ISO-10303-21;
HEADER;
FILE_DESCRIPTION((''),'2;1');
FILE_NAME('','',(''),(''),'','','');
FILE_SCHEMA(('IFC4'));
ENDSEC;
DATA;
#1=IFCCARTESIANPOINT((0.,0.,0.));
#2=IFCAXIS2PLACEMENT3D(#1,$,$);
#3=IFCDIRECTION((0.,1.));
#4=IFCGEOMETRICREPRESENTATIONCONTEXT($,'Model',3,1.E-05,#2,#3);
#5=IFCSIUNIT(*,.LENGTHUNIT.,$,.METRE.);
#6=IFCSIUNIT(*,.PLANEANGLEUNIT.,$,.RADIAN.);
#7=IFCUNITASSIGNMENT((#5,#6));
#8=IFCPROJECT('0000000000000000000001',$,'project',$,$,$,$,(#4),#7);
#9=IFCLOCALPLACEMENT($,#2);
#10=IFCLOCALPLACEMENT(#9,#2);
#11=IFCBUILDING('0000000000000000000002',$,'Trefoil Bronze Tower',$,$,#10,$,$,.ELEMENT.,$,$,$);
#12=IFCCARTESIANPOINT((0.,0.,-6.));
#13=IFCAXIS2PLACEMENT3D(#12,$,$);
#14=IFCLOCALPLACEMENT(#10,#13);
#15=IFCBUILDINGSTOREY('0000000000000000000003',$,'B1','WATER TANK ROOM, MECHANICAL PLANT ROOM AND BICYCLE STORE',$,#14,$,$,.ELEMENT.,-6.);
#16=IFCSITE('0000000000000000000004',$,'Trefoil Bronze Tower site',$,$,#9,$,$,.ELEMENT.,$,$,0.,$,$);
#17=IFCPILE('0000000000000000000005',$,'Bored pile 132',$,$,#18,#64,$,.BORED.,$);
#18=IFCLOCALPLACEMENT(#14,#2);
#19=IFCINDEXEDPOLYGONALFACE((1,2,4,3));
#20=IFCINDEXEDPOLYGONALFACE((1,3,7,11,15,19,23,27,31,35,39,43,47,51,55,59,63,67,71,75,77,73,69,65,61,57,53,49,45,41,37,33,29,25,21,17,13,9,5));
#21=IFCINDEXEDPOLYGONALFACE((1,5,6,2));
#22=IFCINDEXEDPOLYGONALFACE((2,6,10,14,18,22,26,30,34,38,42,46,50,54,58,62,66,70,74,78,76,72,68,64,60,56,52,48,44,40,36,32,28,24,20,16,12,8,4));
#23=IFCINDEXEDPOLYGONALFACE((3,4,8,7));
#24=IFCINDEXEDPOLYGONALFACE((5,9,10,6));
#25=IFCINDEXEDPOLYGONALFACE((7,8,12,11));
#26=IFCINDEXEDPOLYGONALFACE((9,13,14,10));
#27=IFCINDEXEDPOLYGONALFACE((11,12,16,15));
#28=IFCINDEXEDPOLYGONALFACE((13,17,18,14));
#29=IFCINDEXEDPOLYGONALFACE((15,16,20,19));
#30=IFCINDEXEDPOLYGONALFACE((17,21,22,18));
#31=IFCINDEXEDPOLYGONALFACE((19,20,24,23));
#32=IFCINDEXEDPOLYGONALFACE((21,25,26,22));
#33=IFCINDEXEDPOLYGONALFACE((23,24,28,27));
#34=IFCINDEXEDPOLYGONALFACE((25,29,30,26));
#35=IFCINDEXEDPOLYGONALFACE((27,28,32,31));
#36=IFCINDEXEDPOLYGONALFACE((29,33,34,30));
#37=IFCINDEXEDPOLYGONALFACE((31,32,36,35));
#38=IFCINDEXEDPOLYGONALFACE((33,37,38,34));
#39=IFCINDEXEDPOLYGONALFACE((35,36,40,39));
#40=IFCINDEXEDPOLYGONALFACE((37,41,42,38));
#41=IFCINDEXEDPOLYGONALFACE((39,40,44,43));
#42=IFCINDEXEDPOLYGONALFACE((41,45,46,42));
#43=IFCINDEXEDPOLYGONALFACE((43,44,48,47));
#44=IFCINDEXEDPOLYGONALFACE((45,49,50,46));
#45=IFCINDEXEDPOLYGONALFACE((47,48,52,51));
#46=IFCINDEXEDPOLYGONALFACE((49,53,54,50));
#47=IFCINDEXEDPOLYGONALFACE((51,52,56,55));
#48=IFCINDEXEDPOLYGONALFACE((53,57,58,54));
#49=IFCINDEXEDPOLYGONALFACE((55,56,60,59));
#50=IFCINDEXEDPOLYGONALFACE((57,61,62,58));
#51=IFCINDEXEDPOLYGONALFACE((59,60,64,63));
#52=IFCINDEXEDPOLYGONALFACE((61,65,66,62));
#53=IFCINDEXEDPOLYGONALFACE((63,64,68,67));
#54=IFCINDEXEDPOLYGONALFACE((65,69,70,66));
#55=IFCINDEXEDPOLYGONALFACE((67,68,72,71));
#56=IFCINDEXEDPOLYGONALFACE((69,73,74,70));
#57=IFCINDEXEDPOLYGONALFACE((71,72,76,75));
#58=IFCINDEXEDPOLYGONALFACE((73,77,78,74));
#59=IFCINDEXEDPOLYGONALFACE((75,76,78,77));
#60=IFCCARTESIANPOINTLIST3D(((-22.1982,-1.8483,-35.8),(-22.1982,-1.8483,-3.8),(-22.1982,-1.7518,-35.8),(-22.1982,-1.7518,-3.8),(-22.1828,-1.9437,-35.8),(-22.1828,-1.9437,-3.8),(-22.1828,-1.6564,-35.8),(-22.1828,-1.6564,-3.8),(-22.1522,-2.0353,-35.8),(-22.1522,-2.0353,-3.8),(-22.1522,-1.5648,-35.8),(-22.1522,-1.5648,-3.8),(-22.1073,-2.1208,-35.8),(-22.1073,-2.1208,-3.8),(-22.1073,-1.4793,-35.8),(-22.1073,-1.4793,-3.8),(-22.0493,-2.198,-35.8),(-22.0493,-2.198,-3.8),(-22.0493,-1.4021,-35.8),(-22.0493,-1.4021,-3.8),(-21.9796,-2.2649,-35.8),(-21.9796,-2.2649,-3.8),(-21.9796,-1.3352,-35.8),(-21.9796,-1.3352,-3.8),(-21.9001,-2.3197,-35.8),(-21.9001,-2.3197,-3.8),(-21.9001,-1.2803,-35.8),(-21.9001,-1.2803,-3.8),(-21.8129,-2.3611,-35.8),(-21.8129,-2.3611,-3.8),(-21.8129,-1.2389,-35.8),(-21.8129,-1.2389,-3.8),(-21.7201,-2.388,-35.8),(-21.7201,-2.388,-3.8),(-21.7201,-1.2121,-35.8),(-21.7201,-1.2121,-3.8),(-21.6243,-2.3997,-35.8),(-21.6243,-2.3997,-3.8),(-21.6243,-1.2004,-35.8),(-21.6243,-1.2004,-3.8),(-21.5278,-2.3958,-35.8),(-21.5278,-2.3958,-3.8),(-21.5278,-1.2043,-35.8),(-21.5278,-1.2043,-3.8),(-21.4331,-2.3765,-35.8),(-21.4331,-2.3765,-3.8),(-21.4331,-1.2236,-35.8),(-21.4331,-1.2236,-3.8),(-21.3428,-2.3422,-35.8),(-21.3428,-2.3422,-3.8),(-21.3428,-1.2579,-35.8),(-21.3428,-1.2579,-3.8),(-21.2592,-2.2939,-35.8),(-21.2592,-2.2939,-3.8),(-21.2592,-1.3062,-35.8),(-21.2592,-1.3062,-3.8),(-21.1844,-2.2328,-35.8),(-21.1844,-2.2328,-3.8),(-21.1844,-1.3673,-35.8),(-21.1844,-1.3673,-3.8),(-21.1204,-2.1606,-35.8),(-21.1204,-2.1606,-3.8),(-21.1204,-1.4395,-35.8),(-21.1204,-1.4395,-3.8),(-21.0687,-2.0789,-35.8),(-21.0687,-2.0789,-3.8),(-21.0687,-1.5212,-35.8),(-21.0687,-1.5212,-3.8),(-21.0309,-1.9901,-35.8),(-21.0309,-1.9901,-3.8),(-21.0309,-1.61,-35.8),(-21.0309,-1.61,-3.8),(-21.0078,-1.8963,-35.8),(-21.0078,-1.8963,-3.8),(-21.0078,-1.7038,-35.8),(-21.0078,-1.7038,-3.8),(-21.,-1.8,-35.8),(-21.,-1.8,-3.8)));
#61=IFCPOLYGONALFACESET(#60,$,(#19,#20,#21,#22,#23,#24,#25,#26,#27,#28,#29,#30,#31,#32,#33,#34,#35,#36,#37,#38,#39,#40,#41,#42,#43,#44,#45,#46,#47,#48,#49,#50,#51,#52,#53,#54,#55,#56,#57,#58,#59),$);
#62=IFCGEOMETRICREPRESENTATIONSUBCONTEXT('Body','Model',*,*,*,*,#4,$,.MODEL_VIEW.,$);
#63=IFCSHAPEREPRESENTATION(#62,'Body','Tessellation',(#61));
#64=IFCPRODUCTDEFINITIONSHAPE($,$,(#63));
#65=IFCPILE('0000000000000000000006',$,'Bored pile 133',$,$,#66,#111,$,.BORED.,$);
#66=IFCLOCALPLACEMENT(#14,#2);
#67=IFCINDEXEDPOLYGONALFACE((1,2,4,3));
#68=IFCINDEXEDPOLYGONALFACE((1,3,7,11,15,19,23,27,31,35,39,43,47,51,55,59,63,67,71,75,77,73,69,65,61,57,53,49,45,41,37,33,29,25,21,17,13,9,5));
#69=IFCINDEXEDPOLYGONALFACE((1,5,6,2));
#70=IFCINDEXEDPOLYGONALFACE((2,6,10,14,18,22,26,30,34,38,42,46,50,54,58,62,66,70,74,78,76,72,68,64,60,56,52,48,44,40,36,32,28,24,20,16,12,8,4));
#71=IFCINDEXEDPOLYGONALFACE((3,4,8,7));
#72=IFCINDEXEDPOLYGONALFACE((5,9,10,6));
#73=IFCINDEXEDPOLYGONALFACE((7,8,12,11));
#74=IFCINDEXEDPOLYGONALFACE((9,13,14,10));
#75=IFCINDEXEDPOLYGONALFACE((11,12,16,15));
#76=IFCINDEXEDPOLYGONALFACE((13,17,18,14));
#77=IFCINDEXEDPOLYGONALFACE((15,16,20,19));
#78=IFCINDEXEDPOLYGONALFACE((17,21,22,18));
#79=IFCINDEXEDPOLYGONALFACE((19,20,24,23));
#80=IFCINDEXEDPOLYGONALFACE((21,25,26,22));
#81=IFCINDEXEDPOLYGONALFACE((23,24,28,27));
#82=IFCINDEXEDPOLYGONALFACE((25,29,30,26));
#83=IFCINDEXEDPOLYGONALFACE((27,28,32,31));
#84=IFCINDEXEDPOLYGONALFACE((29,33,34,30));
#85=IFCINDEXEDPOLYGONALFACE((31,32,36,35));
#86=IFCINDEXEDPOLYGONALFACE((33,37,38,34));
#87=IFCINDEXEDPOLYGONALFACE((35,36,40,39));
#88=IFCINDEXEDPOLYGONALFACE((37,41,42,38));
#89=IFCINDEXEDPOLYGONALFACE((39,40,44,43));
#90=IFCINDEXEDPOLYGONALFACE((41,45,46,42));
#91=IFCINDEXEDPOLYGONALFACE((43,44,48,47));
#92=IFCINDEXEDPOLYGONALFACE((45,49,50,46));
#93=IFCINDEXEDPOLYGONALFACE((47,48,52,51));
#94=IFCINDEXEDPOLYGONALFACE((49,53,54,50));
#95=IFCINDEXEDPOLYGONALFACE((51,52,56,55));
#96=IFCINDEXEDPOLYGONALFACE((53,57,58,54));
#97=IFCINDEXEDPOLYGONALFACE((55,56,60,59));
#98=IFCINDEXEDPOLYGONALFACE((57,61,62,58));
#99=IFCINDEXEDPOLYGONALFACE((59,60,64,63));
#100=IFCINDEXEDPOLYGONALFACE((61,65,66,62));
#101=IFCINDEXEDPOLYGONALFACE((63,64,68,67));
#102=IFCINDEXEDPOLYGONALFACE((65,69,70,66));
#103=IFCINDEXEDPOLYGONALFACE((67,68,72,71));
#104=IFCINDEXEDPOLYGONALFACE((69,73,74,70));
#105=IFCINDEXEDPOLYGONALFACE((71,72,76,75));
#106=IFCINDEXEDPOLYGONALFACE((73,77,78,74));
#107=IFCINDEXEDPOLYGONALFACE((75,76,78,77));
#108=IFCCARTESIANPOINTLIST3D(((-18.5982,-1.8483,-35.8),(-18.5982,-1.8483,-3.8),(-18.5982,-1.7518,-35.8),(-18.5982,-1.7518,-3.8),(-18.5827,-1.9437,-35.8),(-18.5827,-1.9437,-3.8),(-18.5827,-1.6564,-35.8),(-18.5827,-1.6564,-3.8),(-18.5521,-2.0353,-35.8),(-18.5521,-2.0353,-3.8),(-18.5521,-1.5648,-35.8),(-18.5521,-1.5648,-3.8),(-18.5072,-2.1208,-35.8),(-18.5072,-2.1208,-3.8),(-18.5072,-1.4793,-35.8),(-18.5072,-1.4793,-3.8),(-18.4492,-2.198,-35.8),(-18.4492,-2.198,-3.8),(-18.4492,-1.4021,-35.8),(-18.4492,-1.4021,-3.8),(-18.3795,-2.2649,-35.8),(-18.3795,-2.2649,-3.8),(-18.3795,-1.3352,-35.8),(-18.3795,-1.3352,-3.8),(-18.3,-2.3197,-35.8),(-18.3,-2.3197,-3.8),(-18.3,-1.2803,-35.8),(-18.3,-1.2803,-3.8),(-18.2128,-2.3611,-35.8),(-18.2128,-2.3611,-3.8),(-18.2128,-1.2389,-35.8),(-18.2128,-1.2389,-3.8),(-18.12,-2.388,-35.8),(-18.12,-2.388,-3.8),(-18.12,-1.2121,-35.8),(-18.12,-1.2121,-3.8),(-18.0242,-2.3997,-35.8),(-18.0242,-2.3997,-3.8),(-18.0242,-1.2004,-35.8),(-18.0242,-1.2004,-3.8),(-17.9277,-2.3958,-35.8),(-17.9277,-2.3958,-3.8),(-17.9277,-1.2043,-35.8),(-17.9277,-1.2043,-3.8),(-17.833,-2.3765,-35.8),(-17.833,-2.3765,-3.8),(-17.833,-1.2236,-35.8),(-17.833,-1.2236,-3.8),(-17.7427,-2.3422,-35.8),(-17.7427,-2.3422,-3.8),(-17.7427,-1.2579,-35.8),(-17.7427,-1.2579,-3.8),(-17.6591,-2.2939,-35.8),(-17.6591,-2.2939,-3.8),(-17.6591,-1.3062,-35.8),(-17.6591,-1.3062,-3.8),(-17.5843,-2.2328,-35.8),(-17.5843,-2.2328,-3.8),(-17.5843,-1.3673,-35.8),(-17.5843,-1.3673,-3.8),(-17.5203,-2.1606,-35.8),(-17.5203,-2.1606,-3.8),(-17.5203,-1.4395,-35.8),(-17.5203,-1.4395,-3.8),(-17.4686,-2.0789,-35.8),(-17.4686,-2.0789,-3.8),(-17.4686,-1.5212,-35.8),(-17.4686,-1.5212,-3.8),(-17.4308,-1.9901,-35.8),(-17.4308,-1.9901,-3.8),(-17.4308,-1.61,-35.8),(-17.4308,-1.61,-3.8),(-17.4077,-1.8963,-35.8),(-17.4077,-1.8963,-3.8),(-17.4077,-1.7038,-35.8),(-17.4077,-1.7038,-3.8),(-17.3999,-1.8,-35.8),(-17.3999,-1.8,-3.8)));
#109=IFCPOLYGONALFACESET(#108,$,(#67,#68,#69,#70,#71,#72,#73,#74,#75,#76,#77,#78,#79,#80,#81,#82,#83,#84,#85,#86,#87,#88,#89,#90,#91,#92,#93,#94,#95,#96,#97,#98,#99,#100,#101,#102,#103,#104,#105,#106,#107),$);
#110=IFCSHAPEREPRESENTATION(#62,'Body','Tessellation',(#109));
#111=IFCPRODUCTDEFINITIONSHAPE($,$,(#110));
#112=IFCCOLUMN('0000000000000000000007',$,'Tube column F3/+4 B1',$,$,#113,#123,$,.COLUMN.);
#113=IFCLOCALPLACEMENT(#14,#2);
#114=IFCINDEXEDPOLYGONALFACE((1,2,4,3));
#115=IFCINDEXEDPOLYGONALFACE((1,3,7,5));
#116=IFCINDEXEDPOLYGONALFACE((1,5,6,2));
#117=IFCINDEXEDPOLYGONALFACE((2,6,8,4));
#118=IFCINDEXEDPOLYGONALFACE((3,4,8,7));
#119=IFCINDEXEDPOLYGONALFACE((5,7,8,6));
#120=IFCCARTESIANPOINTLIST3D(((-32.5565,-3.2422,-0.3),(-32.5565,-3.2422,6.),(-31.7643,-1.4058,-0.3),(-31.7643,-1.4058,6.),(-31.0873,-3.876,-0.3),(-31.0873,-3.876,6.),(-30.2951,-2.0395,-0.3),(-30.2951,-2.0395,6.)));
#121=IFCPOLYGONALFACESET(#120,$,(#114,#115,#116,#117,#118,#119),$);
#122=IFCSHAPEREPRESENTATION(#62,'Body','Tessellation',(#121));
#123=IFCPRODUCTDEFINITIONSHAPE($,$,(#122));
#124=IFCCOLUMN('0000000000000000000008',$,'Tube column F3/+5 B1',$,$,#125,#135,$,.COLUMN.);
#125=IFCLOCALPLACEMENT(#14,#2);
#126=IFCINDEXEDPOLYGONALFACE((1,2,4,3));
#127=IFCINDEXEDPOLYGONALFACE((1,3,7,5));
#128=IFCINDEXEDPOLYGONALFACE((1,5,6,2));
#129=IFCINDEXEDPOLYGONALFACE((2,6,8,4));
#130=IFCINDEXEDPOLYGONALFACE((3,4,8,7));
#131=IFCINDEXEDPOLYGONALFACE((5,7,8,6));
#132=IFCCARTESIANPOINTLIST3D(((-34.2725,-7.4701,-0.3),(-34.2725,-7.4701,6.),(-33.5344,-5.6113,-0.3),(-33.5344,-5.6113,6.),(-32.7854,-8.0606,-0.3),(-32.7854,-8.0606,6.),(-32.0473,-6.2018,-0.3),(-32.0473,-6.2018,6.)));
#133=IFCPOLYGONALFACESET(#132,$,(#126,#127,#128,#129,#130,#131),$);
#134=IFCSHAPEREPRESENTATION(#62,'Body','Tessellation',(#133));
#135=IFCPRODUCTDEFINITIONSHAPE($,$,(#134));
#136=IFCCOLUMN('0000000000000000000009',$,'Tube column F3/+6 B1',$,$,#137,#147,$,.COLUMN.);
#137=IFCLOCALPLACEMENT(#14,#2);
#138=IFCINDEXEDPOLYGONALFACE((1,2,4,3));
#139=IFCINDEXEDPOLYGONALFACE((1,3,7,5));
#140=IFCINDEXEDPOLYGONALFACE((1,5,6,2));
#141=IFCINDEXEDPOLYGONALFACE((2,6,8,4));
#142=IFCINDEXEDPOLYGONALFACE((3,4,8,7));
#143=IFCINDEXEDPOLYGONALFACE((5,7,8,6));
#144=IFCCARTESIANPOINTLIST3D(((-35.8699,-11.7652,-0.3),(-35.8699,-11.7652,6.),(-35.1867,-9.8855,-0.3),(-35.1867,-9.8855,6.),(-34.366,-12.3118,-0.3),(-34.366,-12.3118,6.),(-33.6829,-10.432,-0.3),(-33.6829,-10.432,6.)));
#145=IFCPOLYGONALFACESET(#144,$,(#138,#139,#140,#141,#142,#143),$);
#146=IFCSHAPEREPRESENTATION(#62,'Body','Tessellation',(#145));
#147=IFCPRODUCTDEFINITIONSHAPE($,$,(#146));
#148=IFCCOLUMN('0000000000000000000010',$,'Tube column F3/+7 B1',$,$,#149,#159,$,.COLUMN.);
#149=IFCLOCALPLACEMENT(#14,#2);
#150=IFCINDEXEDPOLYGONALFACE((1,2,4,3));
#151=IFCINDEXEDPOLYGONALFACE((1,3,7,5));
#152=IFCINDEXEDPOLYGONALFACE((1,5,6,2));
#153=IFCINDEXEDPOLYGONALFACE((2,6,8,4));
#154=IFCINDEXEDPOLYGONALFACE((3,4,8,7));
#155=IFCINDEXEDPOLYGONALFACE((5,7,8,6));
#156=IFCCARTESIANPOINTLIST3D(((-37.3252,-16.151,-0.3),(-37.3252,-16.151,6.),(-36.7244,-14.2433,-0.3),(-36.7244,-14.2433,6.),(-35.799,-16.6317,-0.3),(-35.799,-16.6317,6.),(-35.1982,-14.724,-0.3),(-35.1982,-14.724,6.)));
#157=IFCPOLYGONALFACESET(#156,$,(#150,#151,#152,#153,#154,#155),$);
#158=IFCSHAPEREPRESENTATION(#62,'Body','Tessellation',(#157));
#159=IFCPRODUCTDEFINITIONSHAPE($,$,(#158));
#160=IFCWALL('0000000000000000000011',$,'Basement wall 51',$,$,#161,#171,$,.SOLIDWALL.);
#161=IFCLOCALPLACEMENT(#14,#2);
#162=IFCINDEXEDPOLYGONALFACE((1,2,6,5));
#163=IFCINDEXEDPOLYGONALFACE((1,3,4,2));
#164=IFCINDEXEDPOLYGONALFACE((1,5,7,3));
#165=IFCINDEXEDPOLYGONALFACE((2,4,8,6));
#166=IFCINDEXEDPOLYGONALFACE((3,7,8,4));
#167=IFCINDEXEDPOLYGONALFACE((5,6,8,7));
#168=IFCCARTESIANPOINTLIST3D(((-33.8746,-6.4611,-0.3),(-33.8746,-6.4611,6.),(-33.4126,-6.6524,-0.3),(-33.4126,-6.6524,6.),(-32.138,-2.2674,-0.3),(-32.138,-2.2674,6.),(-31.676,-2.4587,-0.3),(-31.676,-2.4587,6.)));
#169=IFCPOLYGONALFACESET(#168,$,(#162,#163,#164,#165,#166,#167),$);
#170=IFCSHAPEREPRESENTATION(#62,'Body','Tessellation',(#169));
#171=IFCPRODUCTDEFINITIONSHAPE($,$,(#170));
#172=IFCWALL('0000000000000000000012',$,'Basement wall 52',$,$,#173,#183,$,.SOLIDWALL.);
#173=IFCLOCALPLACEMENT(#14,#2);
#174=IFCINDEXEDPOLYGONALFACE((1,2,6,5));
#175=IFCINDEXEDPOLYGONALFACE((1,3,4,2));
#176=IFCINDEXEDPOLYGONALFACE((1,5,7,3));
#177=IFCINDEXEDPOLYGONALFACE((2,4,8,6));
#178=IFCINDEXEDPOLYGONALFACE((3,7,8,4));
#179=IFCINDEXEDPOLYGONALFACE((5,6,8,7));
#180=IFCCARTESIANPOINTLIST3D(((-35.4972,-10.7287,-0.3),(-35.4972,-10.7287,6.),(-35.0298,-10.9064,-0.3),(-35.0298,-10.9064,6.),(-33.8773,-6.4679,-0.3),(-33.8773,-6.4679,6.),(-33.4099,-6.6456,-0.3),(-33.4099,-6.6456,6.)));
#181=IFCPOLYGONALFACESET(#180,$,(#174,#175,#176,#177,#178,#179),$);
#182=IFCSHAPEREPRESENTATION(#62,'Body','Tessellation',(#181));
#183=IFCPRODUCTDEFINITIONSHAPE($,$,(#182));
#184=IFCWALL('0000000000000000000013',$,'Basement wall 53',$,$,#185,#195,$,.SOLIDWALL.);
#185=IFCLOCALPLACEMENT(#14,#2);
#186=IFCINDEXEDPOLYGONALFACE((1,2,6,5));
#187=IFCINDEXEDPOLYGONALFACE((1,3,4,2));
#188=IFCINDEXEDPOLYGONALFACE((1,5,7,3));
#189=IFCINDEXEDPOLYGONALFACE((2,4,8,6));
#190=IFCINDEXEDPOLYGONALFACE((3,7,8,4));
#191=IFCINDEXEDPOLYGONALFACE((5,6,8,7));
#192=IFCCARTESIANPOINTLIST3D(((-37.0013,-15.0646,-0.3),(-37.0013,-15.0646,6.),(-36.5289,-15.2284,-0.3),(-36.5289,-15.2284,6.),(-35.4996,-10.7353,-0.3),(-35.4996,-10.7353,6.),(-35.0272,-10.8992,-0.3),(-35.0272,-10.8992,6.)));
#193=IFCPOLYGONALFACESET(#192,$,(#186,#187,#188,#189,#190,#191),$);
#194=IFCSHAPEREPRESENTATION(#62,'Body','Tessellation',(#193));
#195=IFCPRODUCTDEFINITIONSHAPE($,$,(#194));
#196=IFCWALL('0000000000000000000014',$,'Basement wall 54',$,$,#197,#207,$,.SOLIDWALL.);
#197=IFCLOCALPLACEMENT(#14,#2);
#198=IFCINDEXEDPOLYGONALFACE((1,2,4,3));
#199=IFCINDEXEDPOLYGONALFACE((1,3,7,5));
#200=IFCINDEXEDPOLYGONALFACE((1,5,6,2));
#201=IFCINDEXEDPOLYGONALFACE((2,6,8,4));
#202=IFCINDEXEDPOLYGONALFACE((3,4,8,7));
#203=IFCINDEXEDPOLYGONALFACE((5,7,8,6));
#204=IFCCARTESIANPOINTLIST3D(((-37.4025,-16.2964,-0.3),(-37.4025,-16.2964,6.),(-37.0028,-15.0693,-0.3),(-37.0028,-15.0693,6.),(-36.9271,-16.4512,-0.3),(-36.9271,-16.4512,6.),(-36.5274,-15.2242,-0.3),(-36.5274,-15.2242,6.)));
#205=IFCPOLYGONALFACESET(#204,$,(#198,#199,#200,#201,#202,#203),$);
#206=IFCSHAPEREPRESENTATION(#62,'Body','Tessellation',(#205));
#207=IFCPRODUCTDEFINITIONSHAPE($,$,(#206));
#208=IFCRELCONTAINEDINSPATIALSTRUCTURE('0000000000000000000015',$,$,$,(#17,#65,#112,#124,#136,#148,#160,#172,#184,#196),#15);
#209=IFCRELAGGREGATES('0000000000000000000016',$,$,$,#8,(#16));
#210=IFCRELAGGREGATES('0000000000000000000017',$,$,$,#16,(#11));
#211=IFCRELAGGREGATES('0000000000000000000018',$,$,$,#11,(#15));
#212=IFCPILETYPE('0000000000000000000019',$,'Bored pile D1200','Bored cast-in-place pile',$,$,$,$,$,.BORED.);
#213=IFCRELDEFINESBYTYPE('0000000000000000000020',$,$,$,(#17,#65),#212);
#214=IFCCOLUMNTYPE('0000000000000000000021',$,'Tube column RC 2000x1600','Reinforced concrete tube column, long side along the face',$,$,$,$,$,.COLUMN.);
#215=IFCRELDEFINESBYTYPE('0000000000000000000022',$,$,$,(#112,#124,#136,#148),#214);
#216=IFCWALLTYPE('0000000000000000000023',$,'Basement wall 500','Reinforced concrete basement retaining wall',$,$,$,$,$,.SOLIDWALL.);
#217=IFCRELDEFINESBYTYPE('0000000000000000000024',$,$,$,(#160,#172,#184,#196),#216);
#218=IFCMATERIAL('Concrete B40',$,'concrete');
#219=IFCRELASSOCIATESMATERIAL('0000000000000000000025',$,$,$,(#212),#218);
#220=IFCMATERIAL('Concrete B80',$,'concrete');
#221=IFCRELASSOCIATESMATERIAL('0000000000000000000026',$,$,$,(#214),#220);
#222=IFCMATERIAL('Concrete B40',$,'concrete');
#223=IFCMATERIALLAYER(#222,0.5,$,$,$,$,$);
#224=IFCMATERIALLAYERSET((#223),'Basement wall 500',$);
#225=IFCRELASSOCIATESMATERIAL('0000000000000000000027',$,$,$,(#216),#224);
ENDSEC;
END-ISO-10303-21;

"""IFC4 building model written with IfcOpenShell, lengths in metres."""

from ifc_helpers import new_model, si_unit, direction, frame, frame_2d, origin, origin_2d, place, context, subcontext, project, spatial, rectangle, circle, extrude, material, layer, layer_set, material_profile, profile_set, type_object, element, save


model = new_model("IFC4")

# Units and contexts
model_context = context("Model", 3, precision=1e-05, world=origin(), true_north=direction((0.0, 1.0)))
body_context = subcontext(model_context, "Body", "Model", "MODEL_VIEW")
ifc_project = project(units=[si_unit("LENGTHUNIT", "METRE"), si_unit("PLANEANGLEUNIT", "RADIAN")], contexts=[model_context])

# Site, building, storey
site_placement = place(None, origin())
site = spatial("IfcSite", under=ifc_project, at=site_placement, Name="Trefoil Bronze Tower site", CompositionType="ELEMENT", RefElevation=0.0)
building_placement = place(site_placement, origin())
building = spatial("IfcBuilding", under=site, at=building_placement, Name="Trefoil Bronze Tower", CompositionType="ELEMENT")
storey_placement = place(building_placement, frame((0.0, 0.0, -6.0)))
storey = spatial("IfcBuildingStorey", under=building, at=storey_placement, Name="B1", Description="WATER TANK ROOM, MECHANICAL PLANT ROOM AND BICYCLE STORE", CompositionType="ELEMENT", Elevation=-6.0)

# Piles
ifc_material_1 = material(Name="Concrete B40", Category="concrete")
pile_type = type_object("IfcPileType", Name="Bored pile D1200", Description="Bored cast-in-place pile", PredefinedType="BORED", material=ifc_material_1)
for number, where, z_axis, x_axis, name in (
    (1, (-21.6001, -1.8, -3.8), (0.0, 0.0, -1.0), (1.0, 0.0, 0.0), "Bored pile 132"),
    (2, (-18.0, -1.8, -3.8), (0.0, 0.0, -1.0), (1.0, 0.0, 0.0), "Bored pile 133"),
):
    element("IfcPile", number, at=place(storey_placement, frame(where, z_axis=z_axis, x_axis=x_axis)), inside=storey, type_object=pile_type, Name=name, PredefinedType="BORED", context=body_context, shape_type="SweptSolid", body=[
        extrude(circle(Radius=0.6001, at=origin_2d()), origin(), (0.0, 0.0, 1.0), 32.0),
    ])

# Columns
ifc_material_2 = material(Name="Concrete B80", Category="concrete")
ifc_material_profile = material_profile(ifc_material_2, rectangle(XDim=2.0, YDim=1.6001, at=origin_2d()), Name="RC 2000x1600")
ifc_profile_set = profile_set([ifc_material_profile], Name="Concrete B80")
column_type = type_object("IfcColumnType", Name="Tube column RC 2000x1600", Description="Reinforced concrete tube column, long side along the face", PredefinedType="COLUMN", material=ifc_profile_set)
for number, where, z_axis, x_axis, name in (
    (3, (-31.4258, -2.6409, -0.3), (0.0, 0.0, 1.0), (-0.396085, -0.918214, 0.0), "Tube column F3/+4 B1"),
    (4, (-33.1599, -6.8359, -0.3), (0.0, 0.0, 1.0), (-0.36904, -0.929414, 0.0), "Tube column F3/+5 B1"),
    (5, (-34.7764, -11.0986, -0.3), (0.0, 0.0, 1.0), (-0.341559, -0.93986, 0.0), "Tube column F3/+6 B1"),
    (6, (-36.2617, -15.4375, -0.3), (0.0, 0.0, 1.0), (-0.300414, -0.953809, 0.0), "Tube column F3/+7 B1"),
):
    element("IfcColumn", number, at=place(storey_placement, frame(where, z_axis=z_axis, x_axis=x_axis)), inside=storey, type_object=column_type, Name=name, PredefinedType="COLUMN", context=body_context, shape_type="SweptSolid", body=[
        extrude(rectangle(XDim=2.0, YDim=1.6001, at=origin_2d()), origin(), (0.0, 0.0, 1.0), 6.3),
    ])

# Walls
ifc_material_3 = material(Name="Concrete B40", Category="concrete")
ifc_layer_1 = layer(ifc_material_3, 0.5)
ifc_layer_set_1 = layer_set([ifc_layer_1], Name="Basement wall 500")
wall_type_1 = type_object("IfcWallType", Name="Basement wall 500", Description="Reinforced concrete basement retaining wall", PredefinedType="SOLIDWALL", material=ifc_layer_set_1)
wall_1_placement = place(storey_placement, frame((-31.907, -2.363, -0.3), z_axis=(0.0, 0.0, 1.0), x_axis=(-0.382594, -0.923917, 0.0)))
element("IfcWall", 7, at=wall_1_placement, inside=storey, type_object=wall_type_1, Name="Basement wall 51", PredefinedType="SOLIDWALL", context=body_context, shape_type="SweptSolid", body=[
    extrude(rectangle(XDim=4.5391, YDim=0.5, at=frame_2d((2.2695, 0.0))), origin(), (0.0, 0.0, 1.0), 6.3),
])
wall_2_placement = place(storey_placement, frame((-33.6436, -6.5566, -0.3), z_axis=(0.0, 0.0, 1.0), x_axis=(-0.355369, -0.934726, 0.0)))
element("IfcWall", 8, at=wall_2_placement, inside=storey, type_object=wall_type_1, Name="Basement wall 52", PredefinedType="SOLIDWALL", context=body_context, shape_type="SweptSolid", body=[
    extrude(rectangle(XDim=4.5583, YDim=0.5, at=frame_2d((2.2793, 0.0))), origin(), (0.0, 0.0, 1.0), 6.3),
])
wall_3_placement = place(storey_placement, frame((-35.2634, -10.8174, -0.3), z_axis=(0.0, 0.0, 1.0), x_axis=(-0.327713, -0.944777, 0.0)))
element("IfcWall", 9, at=wall_3_placement, inside=storey, type_object=wall_type_1, Name="Basement wall 53", PredefinedType="SOLIDWALL", context=body_context, shape_type="SweptSolid", body=[
    extrude(rectangle(XDim=4.5823, YDim=0.5, at=frame_2d((2.291, 0.0))), origin(), (0.0, 0.0, 1.0), 6.3),
])
wall_4_placement = place(storey_placement, frame((-36.7651, -15.1467, -0.3), z_axis=(0.0, 0.0, 1.0), x_axis=(-0.309693, -0.950836, 0.0)))
element("IfcWall", 10, at=wall_4_placement, inside=storey, type_object=wall_type_1, Name="Basement wall 54", PredefinedType="SOLIDWALL", context=body_context, shape_type="SweptSolid", body=[
    extrude(rectangle(XDim=1.2905, YDim=0.5, at=frame_2d((0.6453, 0.0))), origin(), (0.0, 0.0, 1.0), 6.3),
])

save(model, "model.ifc")
